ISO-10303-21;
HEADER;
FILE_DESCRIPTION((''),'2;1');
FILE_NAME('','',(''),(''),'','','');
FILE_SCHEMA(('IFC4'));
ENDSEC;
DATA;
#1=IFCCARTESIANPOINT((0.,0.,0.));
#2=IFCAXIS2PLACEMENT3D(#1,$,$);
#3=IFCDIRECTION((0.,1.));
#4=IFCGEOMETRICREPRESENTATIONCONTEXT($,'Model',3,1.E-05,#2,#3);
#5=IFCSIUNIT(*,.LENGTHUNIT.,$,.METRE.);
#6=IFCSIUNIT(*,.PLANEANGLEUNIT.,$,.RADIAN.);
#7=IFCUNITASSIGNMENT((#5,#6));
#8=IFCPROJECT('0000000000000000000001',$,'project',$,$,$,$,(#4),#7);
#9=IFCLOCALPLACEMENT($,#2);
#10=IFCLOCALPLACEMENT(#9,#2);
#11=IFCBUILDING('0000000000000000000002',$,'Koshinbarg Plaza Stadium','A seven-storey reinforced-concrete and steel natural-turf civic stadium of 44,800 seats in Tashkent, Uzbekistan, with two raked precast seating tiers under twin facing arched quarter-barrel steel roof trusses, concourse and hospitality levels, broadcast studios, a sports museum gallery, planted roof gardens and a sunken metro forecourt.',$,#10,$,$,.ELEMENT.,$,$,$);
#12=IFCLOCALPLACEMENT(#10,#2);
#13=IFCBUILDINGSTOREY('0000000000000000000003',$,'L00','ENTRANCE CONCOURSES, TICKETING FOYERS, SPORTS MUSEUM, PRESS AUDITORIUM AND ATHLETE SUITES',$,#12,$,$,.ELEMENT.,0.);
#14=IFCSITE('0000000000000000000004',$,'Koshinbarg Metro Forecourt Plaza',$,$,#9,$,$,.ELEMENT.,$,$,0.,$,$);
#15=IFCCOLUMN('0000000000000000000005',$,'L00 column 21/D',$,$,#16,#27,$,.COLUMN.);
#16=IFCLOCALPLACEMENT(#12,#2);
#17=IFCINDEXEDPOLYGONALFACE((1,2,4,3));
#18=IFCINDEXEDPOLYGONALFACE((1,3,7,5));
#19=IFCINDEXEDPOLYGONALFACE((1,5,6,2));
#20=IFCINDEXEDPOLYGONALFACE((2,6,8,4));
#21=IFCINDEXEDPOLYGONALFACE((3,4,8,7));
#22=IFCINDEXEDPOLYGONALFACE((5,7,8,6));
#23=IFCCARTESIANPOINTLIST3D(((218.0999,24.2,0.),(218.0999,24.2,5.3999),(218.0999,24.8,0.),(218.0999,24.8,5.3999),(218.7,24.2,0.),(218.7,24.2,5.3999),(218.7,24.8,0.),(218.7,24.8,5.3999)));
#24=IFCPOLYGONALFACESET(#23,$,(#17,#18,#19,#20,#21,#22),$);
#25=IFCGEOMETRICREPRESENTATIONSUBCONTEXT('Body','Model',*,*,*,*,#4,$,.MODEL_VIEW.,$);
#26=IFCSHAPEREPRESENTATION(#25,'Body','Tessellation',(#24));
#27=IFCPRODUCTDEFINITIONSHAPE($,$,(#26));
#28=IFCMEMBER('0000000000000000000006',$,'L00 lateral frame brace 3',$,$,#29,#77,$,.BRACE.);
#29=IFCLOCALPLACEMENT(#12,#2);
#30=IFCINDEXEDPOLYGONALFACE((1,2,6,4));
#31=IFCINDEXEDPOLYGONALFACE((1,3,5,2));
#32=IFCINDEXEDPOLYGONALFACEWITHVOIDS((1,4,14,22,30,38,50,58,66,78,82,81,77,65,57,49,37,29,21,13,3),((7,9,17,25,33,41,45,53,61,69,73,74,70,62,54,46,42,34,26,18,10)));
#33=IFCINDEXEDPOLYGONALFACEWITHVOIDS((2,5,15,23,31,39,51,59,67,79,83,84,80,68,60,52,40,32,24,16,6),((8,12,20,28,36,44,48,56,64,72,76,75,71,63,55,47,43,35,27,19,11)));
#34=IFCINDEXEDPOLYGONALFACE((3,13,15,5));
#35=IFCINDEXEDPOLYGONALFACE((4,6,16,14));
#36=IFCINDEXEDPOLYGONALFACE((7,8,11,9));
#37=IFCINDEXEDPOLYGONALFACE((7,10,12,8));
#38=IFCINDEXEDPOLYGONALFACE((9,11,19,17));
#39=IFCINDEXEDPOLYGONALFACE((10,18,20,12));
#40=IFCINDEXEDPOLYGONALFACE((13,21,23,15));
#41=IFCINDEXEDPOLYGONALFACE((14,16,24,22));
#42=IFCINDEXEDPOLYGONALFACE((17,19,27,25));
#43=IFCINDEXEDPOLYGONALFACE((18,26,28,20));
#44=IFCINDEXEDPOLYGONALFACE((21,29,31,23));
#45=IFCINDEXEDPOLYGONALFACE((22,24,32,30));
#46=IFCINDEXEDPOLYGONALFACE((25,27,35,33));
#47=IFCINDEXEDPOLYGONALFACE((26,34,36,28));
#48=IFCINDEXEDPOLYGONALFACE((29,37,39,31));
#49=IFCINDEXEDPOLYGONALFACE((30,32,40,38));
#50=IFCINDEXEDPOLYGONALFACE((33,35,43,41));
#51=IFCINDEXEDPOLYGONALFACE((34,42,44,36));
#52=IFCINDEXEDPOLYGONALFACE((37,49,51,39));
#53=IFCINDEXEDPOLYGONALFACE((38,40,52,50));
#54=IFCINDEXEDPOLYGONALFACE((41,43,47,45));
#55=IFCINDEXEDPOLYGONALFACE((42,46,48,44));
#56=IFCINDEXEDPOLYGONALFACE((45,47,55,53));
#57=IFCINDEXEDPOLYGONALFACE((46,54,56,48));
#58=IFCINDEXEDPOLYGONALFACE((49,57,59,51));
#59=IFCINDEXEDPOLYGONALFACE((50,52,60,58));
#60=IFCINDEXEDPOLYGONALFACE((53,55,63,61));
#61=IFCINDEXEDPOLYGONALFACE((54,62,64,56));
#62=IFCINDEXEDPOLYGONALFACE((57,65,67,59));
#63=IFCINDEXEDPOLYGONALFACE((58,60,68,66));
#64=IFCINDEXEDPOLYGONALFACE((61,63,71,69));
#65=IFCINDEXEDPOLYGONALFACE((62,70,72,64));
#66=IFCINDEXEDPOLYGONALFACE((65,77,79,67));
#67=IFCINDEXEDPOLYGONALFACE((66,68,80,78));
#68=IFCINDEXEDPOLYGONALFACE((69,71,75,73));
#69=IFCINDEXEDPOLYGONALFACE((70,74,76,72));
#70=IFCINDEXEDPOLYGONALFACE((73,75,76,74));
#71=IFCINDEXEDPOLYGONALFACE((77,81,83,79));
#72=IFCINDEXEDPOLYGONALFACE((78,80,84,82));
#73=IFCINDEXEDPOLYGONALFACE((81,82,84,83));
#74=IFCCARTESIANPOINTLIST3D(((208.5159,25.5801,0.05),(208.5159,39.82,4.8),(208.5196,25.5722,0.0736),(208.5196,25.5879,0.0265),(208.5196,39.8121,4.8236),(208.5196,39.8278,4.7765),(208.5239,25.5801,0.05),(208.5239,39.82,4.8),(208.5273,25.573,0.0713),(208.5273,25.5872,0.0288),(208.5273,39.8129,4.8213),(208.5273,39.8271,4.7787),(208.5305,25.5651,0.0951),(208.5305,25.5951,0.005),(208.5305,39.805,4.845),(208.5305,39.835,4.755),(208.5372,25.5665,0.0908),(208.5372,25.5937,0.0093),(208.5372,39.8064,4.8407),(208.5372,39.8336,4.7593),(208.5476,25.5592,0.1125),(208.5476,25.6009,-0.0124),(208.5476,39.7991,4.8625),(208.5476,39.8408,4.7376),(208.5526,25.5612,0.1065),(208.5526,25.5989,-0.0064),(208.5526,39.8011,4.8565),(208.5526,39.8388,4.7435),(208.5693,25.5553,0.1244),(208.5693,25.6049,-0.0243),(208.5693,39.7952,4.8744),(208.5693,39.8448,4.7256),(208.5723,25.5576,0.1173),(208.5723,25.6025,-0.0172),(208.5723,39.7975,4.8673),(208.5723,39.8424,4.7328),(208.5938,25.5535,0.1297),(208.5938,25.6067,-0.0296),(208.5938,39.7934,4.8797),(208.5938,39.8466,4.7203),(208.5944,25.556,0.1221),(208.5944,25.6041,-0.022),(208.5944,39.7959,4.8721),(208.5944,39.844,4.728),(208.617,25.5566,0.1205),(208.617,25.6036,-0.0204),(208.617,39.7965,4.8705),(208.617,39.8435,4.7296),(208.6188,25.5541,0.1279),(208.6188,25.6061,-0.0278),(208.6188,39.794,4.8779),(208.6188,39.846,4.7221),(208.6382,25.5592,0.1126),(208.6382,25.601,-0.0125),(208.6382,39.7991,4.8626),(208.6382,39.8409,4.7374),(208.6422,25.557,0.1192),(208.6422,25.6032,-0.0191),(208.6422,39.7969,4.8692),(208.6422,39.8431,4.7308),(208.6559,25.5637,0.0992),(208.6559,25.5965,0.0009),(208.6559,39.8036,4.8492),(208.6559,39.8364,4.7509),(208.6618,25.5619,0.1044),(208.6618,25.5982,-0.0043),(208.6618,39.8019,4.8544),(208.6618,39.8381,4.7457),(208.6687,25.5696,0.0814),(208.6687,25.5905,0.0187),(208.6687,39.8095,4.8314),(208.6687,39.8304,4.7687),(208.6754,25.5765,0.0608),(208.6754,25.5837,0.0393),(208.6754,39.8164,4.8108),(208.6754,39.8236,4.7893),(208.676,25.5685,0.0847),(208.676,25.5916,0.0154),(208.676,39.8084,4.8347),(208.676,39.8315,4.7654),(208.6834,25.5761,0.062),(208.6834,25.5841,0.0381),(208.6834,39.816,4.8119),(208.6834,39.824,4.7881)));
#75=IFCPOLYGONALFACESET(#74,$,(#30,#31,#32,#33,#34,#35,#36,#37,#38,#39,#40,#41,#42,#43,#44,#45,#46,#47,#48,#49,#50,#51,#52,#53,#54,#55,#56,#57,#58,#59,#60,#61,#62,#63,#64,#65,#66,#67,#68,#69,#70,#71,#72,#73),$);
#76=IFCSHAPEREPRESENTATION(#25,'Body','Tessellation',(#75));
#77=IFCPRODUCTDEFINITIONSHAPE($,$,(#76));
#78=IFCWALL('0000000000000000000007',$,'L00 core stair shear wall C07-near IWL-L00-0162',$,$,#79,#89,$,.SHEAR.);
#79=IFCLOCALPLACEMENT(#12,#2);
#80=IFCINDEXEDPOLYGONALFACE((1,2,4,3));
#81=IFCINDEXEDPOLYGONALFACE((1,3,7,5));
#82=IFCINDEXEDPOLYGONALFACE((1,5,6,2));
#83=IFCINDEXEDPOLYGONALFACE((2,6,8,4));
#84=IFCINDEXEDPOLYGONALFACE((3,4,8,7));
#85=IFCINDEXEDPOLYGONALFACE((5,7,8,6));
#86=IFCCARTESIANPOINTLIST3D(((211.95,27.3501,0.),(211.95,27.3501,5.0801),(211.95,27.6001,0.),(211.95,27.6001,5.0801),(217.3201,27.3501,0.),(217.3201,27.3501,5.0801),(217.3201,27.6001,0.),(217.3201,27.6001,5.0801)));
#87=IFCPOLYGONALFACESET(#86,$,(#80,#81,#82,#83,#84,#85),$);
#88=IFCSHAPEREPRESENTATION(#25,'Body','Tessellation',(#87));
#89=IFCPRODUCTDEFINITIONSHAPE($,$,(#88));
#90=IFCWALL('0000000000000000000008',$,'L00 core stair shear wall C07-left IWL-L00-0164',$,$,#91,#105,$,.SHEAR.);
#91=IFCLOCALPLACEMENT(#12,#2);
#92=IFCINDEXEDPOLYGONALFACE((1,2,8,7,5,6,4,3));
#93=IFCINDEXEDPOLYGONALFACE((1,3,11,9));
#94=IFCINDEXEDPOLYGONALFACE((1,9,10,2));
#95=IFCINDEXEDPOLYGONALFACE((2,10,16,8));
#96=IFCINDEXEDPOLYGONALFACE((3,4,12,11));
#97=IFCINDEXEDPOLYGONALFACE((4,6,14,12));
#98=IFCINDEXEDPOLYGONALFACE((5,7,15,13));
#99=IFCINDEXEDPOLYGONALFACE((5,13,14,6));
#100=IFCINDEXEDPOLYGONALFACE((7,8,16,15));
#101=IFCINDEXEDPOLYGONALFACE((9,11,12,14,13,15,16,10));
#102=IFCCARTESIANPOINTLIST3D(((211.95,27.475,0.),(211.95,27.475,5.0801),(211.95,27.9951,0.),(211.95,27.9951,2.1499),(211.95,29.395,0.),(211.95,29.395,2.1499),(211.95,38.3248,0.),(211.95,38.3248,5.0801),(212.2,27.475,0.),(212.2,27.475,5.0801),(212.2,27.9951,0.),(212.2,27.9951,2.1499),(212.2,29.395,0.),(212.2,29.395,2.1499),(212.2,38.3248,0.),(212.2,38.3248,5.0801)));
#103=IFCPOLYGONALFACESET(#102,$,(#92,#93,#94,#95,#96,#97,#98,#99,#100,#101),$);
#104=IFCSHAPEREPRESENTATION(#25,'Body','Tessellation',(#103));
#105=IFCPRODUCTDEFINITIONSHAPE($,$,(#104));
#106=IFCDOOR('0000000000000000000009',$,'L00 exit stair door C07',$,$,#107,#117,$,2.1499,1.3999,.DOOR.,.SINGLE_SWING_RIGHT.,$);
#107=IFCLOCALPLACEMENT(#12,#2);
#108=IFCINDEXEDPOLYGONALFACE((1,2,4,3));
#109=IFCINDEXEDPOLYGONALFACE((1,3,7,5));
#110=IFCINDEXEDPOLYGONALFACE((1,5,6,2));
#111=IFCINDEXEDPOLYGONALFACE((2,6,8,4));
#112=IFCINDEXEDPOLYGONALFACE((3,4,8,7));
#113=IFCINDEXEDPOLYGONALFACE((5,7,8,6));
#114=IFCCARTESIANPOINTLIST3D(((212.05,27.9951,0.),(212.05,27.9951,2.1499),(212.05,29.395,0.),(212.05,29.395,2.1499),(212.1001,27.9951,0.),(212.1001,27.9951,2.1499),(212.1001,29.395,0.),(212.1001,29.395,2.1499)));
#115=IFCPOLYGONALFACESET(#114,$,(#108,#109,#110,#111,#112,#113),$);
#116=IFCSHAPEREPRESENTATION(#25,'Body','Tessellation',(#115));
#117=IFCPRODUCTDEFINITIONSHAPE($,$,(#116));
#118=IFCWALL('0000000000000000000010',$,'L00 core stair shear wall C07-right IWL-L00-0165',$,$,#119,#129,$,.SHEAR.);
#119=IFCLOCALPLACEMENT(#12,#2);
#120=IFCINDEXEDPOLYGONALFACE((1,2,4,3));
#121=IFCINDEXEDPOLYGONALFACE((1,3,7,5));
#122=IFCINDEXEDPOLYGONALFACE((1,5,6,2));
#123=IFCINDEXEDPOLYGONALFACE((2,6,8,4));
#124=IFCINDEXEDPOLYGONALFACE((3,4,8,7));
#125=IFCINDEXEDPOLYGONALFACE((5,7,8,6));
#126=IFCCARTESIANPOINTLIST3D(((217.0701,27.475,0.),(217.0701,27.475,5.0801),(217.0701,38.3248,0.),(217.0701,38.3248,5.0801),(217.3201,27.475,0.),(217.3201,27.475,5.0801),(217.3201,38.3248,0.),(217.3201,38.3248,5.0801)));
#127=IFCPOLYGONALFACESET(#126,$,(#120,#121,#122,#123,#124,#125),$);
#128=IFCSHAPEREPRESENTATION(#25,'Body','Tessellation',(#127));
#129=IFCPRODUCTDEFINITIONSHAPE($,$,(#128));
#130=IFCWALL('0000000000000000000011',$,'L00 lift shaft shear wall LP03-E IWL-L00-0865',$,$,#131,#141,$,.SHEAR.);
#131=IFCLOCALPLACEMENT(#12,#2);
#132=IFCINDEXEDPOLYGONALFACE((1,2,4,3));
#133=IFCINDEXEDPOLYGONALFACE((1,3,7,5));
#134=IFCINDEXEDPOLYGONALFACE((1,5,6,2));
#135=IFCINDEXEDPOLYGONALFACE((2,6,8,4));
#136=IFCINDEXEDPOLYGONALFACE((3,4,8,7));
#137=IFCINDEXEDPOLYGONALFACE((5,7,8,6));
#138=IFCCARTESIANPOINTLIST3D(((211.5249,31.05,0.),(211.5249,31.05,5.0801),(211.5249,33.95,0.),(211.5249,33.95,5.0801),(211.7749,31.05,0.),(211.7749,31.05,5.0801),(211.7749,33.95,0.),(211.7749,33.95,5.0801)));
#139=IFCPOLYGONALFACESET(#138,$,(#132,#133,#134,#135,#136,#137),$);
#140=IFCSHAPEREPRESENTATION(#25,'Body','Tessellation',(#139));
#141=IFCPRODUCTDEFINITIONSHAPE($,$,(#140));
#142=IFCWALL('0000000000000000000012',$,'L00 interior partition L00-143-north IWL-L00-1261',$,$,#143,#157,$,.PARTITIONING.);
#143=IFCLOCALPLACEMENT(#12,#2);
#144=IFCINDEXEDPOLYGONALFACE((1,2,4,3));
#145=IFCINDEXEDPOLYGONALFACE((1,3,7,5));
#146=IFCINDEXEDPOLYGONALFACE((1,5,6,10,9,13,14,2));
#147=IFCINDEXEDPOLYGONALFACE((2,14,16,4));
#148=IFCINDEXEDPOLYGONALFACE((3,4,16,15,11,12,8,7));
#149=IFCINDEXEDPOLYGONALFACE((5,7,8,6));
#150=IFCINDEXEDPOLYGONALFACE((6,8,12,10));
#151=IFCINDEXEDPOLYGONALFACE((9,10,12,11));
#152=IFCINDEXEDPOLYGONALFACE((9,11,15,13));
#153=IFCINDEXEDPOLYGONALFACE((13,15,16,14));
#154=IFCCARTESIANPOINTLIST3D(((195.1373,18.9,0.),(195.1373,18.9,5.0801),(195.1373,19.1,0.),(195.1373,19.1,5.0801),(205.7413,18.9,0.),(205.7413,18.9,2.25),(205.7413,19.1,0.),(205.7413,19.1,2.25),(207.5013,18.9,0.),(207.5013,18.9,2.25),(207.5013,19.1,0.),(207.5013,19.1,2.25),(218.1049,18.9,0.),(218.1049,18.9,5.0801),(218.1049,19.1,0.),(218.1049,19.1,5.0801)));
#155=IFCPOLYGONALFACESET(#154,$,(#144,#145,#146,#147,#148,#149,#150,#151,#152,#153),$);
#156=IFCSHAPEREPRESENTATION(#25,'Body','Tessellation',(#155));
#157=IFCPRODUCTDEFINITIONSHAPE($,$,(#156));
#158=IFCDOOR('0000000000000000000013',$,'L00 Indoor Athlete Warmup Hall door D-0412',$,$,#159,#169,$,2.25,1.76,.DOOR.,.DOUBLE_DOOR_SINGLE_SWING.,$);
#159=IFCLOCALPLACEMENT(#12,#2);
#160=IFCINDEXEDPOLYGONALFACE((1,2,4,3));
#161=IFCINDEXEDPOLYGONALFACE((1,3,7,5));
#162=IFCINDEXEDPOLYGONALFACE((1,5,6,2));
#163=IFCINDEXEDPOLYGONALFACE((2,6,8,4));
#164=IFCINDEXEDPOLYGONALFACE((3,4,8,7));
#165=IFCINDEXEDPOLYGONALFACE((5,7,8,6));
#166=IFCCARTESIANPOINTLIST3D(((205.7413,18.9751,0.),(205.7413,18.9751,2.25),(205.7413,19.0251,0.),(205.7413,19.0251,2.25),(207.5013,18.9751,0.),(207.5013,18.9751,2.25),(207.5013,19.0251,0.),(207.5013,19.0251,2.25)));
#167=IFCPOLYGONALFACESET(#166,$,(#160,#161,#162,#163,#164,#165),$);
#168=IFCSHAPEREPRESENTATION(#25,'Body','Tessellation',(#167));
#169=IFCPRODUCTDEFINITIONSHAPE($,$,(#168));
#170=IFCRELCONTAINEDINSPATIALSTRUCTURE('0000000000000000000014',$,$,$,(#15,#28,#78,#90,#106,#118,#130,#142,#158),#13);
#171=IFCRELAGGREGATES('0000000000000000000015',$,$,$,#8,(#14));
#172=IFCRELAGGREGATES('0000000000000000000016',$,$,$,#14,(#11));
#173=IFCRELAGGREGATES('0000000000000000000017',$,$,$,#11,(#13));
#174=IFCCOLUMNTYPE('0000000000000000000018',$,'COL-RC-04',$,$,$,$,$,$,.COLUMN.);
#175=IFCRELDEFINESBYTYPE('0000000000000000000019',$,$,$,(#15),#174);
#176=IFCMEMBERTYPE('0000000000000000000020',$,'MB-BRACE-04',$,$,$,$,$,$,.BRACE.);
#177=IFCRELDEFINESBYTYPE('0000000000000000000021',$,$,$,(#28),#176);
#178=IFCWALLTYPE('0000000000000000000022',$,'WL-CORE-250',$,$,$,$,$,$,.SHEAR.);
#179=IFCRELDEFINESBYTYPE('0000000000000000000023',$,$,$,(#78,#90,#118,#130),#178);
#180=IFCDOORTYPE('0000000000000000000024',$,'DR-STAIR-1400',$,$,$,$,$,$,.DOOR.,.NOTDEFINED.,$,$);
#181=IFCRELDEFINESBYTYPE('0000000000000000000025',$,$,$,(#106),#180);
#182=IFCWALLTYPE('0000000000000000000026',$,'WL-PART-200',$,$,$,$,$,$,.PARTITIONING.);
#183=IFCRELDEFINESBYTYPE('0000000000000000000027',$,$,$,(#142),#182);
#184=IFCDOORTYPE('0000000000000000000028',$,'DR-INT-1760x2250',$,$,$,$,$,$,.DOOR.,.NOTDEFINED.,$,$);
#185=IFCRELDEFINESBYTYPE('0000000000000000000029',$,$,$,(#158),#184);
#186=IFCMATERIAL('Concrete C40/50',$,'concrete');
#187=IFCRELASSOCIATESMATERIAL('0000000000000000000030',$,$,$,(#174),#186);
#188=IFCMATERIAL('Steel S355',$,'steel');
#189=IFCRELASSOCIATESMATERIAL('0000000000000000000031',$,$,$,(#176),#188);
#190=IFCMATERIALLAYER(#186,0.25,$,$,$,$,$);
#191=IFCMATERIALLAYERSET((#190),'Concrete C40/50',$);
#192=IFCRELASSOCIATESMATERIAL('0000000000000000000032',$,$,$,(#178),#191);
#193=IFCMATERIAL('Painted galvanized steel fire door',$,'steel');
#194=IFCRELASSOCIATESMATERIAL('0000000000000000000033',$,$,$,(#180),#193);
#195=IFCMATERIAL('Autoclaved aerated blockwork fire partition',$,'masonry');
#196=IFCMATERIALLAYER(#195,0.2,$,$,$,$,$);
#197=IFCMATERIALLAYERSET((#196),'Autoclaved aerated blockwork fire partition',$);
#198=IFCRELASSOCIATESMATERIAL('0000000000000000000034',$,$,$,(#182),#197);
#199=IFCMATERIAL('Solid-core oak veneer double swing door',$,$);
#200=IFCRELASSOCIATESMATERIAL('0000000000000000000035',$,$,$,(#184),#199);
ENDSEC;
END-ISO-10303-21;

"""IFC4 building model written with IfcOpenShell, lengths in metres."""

from ifc_helpers import new_model, si_unit, direction, frame, frame_2d, origin, origin_2d, place, context, subcontext, project, spatial, rectangle, hollow_circle, extrude, material, layer, layer_set, material_profile, profile_set, type_object, element, fill, save


model = new_model("IFC4")

# Units and contexts
model_context = context("Model", 3, precision=1e-05, world=origin(), true_north=direction((0.0, 1.0)))
body_context = subcontext(model_context, "Body", "Model", "MODEL_VIEW")
ifc_project = project(units=[si_unit("LENGTHUNIT", "METRE"), si_unit("PLANEANGLEUNIT", "RADIAN")], contexts=[model_context])

# Site, building, storey
site_placement = place(None, origin())
site = spatial("IfcSite", under=ifc_project, at=site_placement, Name="Koshinbarg Metro Forecourt Plaza", CompositionType="ELEMENT", RefElevation=0.0)
building_placement = place(site_placement, origin())
building = spatial("IfcBuilding", under=site, at=building_placement, Name="Koshinbarg Plaza Stadium", Description="A seven-storey reinforced-concrete and steel natural-turf civic stadium of 44,800 seats in Tashkent, Uzbekistan, with two raked precast seating tiers under twin facing arched quarter-barrel steel roof trusses, concourse and hospitality levels, broadcast studios, a sports museum gallery, planted roof gardens and a sunken metro forecourt.", CompositionType="ELEMENT")
storey_placement = place(building_placement, origin())
storey = spatial("IfcBuildingStorey", under=building, at=storey_placement, Name="L00", Description="ENTRANCE CONCOURSES, TICKETING FOYERS, SPORTS MUSEUM, PRESS AUDITORIUM AND ATHLETE SUITES", CompositionType="ELEMENT", Elevation=0.0)

# Column
ifc_material_1 = material(Name="Concrete C40/50", Category="concrete")
ifc_material_profile_1 = material_profile(ifc_material_1, rectangle(XDim=0.6001, YDim=0.6001, at=origin_2d()), Name="RC 600x600")
ifc_profile_set_1 = profile_set([ifc_material_profile_1], Name="Concrete C40/50")
column_type_1 = type_object("IfcColumnType", Name="COL-RC-04", PredefinedType="COLUMN", material=ifc_profile_set_1)
column_1_placement = place(storey_placement, frame((218.3999, 24.5, 0.0), z_axis=(0.0, 0.0, 1.0), x_axis=(1.0, 0.0, 0.0)))
element("IfcColumn", 1, at=column_1_placement, inside=storey, type_object=column_type_1, Name="L00 column 21/D", PredefinedType="COLUMN", context=body_context, shape_type="SweptSolid", body=[
    extrude(rectangle(XDim=0.6001, YDim=0.6001, at=origin_2d()), origin(), (0.0, 0.0, 1.0), 5.3999),
])

# Member
ifc_material_2 = material(Name="Steel S355", Category="steel")
ifc_material_profile_2 = material_profile(ifc_material_2, hollow_circle(Radius=0.0842, WallThickness=0.0081, at=origin_2d()), Name="CHS 168.3x8")
ifc_profile_set_2 = profile_set([ifc_material_profile_2], Name="Steel S355")
member_type = type_object("IfcMemberType", Name="MB-BRACE-04", PredefinedType="BRACE", material=ifc_profile_set_2)
member_placement = place(storey_placement, frame((208.6001, 25.5801, 0.05), z_axis=(0.0, 0.948617, 0.316428), x_axis=(-1.0, 0.0, 0.0)))
element("IfcMember", 2, at=member_placement, inside=storey, type_object=member_type, Name="L00 lateral frame brace 3", PredefinedType="BRACE", context=body_context, shape_type="SweptSolid", body=[
    extrude(hollow_circle(Radius=0.0842, WallThickness=0.0081, at=origin_2d()), origin(), (0.0, 0.0, 1.0), 15.0112),
])

# Wall
ifc_layer_1 = layer(ifc_material_1, 0.25)
ifc_layer_set_1 = layer_set([ifc_layer_1], Name="Concrete C40/50")
wall_type_1 = type_object("IfcWallType", Name="WL-CORE-250", PredefinedType="SHEAR", material=ifc_layer_set_1)
wall_1_placement = place(storey_placement, frame((211.95, 27.4751, 0.0), z_axis=(0.0, 0.0, 1.0), x_axis=(1.0, 0.0, 0.0)))
element("IfcWall", 3, at=wall_1_placement, inside=storey, type_object=wall_type_1, Name="L00 core stair shear wall C07-near IWL-L00-0162", PredefinedType="SHEAR", context=body_context, shape_type="SweptSolid", body=[
    extrude(rectangle(XDim=5.3701, YDim=0.25, at=frame_2d((2.6851, 0.0))), origin(), (0.0, 0.0, 1.0), 5.0801),
])

# Wall, opening, door
wall_2_placement = place(storey_placement, frame((212.075, 27.4751, 0.0), z_axis=(0.0, 0.0, 1.0), x_axis=(0.0, 1.0, 0.0)))
wall_2 = element("IfcWall", 4, at=wall_2_placement, inside=storey, type_object=wall_type_1, Name="L00 core stair shear wall C07-left IWL-L00-0164", PredefinedType="SHEAR", context=body_context, shape_type="SweptSolid", body=[
    extrude(rectangle(XDim=10.8499, YDim=0.25, at=frame_2d((5.4248, 0.0))), origin(), (0.0, 0.0, 1.0), 5.0801),
])
opening_1_placement = place(wall_2_placement, frame((0.52, 0.0, 0.0)))
opening_1 = element("IfcOpeningElement", 5, at=opening_1_placement, cuts=wall_2, PredefinedType="OPENING", context=body_context, shape_type="SweptSolid", body=[
    extrude(rectangle(XDim=1.3999, YDim=2.1499, at=frame_2d((0.7, 1.075))), frame((0.0, 0.135, 0.0), z_axis=(0.0, -1.0, 0.0), x_axis=(1.0, 0.0, 0.0)), (0.0, 0.0, 1.0), 0.27),
])
ifc_material_3 = material(Name="Painted galvanized steel fire door", Category="steel")
door_type_1 = type_object("IfcDoorType", Name="DR-STAIR-1400", OperationType="NOTDEFINED", PredefinedType="DOOR", material=ifc_material_3)
door_1_placement = place(opening_1_placement, origin())
door_1 = element("IfcDoor", 6, at=door_1_placement, inside=storey, type_object=door_type_1, Name="L00 exit stair door C07", OperationType="SINGLE_SWING_RIGHT", OverallHeight=2.1499, OverallWidth=1.3999, PredefinedType="DOOR", context=body_context, shape_type="SweptSolid", body=[
    extrude(rectangle(XDim=1.3999, YDim=2.1499, at=frame_2d((0.7, 1.075))), frame((0.0, 0.0249, 0.0), z_axis=(0.0, -1.0, 0.0), x_axis=(1.0, 0.0, 0.0)), (0.0, 0.0, 1.0), 0.05),
])
fill(opening_1, door_1)

# Wall
wall_3_placement = place(storey_placement, frame((217.1951, 27.4751, 0.0), z_axis=(0.0, 0.0, 1.0), x_axis=(0.0, 1.0, 0.0)))
element("IfcWall", 7, at=wall_3_placement, inside=storey, type_object=wall_type_1, Name="L00 core stair shear wall C07-right IWL-L00-0165", PredefinedType="SHEAR", context=body_context, shape_type="SweptSolid", body=[
    extrude(rectangle(XDim=10.8499, YDim=0.25, at=frame_2d((5.4248, 0.0))), origin(), (0.0, 0.0, 1.0), 5.0801),
])

# Wall
wall_4_placement = place(storey_placement, frame((211.6499, 31.05, 0.0), z_axis=(0.0, 0.0, 1.0), x_axis=(0.0, 1.0, 0.0)))
element("IfcWall", 8, at=wall_4_placement, inside=storey, type_object=wall_type_1, Name="L00 lift shaft shear wall LP03-E IWL-L00-0865", PredefinedType="SHEAR", context=body_context, shape_type="SweptSolid", body=[
    extrude(rectangle(XDim=2.8999, YDim=0.25, at=frame_2d((1.45, 0.0))), origin(), (0.0, 0.0, 1.0), 5.0801),
])

# Wall, opening, door
ifc_material_4 = material(Name="Autoclaved aerated blockwork fire partition", Category="masonry")
ifc_layer_2 = layer(ifc_material_4, 0.2)
ifc_layer_set_2 = layer_set([ifc_layer_2], Name="Autoclaved aerated blockwork fire partition")
wall_type_2 = type_object("IfcWallType", Name="WL-PART-200", PredefinedType="PARTITIONING", material=ifc_layer_set_2)
wall_5_placement = place(storey_placement, frame((218.105, 19.0, 0.0), z_axis=(0.0, 0.0, 1.0), x_axis=(-1.0, 0.0, 0.0)))
wall_5 = element("IfcWall", 9, at=wall_5_placement, inside=storey, type_object=wall_type_2, Name="L00 interior partition L00-143-north IWL-L00-1261", PredefinedType="PARTITIONING", context=body_context, shape_type="SweptSolid", body=[
    extrude(rectangle(XDim=22.9675, YDim=0.2, at=frame_2d((11.4839, 0.0))), origin(), (0.0, 0.0, 1.0), 5.0801),
])
opening_2_placement = place(wall_5_placement, frame((10.6038, 0.0, 0.0)))
opening_2 = element("IfcOpeningElement", 10, at=opening_2_placement, cuts=wall_5, PredefinedType="OPENING", context=body_context, shape_type="SweptSolid", body=[
    extrude(rectangle(XDim=1.76, YDim=2.25, at=frame_2d((0.8799, 1.125))), frame((0.0, 0.1099, 0.0), z_axis=(0.0, -1.0, 0.0), x_axis=(1.0, 0.0, 0.0)), (0.0, 0.0, 1.0), 0.22),
])
ifc_material_5 = material(Name="Solid-core oak veneer double swing door")
door_type_2 = type_object("IfcDoorType", Name="DR-INT-1760x2250", OperationType="NOTDEFINED", PredefinedType="DOOR", material=ifc_material_5)
door_2_placement = place(opening_2_placement, origin())
door_2 = element("IfcDoor", 11, at=door_2_placement, inside=storey, type_object=door_type_2, Name="L00 Indoor Athlete Warmup Hall door D-0412", OperationType="DOUBLE_DOOR_SINGLE_SWING", OverallHeight=2.25, OverallWidth=1.76, PredefinedType="DOOR", context=body_context, shape_type="SweptSolid", body=[
    extrude(rectangle(XDim=1.76, YDim=2.25, at=frame_2d((0.8799, 1.125))), frame((0.0, 0.0249, 0.0), z_axis=(0.0, -1.0, 0.0), x_axis=(1.0, 0.0, 0.0)), (0.0, 0.0, 1.0), 0.05),
])
fill(opening_2, door_2)

save(model, "model.ifc")
